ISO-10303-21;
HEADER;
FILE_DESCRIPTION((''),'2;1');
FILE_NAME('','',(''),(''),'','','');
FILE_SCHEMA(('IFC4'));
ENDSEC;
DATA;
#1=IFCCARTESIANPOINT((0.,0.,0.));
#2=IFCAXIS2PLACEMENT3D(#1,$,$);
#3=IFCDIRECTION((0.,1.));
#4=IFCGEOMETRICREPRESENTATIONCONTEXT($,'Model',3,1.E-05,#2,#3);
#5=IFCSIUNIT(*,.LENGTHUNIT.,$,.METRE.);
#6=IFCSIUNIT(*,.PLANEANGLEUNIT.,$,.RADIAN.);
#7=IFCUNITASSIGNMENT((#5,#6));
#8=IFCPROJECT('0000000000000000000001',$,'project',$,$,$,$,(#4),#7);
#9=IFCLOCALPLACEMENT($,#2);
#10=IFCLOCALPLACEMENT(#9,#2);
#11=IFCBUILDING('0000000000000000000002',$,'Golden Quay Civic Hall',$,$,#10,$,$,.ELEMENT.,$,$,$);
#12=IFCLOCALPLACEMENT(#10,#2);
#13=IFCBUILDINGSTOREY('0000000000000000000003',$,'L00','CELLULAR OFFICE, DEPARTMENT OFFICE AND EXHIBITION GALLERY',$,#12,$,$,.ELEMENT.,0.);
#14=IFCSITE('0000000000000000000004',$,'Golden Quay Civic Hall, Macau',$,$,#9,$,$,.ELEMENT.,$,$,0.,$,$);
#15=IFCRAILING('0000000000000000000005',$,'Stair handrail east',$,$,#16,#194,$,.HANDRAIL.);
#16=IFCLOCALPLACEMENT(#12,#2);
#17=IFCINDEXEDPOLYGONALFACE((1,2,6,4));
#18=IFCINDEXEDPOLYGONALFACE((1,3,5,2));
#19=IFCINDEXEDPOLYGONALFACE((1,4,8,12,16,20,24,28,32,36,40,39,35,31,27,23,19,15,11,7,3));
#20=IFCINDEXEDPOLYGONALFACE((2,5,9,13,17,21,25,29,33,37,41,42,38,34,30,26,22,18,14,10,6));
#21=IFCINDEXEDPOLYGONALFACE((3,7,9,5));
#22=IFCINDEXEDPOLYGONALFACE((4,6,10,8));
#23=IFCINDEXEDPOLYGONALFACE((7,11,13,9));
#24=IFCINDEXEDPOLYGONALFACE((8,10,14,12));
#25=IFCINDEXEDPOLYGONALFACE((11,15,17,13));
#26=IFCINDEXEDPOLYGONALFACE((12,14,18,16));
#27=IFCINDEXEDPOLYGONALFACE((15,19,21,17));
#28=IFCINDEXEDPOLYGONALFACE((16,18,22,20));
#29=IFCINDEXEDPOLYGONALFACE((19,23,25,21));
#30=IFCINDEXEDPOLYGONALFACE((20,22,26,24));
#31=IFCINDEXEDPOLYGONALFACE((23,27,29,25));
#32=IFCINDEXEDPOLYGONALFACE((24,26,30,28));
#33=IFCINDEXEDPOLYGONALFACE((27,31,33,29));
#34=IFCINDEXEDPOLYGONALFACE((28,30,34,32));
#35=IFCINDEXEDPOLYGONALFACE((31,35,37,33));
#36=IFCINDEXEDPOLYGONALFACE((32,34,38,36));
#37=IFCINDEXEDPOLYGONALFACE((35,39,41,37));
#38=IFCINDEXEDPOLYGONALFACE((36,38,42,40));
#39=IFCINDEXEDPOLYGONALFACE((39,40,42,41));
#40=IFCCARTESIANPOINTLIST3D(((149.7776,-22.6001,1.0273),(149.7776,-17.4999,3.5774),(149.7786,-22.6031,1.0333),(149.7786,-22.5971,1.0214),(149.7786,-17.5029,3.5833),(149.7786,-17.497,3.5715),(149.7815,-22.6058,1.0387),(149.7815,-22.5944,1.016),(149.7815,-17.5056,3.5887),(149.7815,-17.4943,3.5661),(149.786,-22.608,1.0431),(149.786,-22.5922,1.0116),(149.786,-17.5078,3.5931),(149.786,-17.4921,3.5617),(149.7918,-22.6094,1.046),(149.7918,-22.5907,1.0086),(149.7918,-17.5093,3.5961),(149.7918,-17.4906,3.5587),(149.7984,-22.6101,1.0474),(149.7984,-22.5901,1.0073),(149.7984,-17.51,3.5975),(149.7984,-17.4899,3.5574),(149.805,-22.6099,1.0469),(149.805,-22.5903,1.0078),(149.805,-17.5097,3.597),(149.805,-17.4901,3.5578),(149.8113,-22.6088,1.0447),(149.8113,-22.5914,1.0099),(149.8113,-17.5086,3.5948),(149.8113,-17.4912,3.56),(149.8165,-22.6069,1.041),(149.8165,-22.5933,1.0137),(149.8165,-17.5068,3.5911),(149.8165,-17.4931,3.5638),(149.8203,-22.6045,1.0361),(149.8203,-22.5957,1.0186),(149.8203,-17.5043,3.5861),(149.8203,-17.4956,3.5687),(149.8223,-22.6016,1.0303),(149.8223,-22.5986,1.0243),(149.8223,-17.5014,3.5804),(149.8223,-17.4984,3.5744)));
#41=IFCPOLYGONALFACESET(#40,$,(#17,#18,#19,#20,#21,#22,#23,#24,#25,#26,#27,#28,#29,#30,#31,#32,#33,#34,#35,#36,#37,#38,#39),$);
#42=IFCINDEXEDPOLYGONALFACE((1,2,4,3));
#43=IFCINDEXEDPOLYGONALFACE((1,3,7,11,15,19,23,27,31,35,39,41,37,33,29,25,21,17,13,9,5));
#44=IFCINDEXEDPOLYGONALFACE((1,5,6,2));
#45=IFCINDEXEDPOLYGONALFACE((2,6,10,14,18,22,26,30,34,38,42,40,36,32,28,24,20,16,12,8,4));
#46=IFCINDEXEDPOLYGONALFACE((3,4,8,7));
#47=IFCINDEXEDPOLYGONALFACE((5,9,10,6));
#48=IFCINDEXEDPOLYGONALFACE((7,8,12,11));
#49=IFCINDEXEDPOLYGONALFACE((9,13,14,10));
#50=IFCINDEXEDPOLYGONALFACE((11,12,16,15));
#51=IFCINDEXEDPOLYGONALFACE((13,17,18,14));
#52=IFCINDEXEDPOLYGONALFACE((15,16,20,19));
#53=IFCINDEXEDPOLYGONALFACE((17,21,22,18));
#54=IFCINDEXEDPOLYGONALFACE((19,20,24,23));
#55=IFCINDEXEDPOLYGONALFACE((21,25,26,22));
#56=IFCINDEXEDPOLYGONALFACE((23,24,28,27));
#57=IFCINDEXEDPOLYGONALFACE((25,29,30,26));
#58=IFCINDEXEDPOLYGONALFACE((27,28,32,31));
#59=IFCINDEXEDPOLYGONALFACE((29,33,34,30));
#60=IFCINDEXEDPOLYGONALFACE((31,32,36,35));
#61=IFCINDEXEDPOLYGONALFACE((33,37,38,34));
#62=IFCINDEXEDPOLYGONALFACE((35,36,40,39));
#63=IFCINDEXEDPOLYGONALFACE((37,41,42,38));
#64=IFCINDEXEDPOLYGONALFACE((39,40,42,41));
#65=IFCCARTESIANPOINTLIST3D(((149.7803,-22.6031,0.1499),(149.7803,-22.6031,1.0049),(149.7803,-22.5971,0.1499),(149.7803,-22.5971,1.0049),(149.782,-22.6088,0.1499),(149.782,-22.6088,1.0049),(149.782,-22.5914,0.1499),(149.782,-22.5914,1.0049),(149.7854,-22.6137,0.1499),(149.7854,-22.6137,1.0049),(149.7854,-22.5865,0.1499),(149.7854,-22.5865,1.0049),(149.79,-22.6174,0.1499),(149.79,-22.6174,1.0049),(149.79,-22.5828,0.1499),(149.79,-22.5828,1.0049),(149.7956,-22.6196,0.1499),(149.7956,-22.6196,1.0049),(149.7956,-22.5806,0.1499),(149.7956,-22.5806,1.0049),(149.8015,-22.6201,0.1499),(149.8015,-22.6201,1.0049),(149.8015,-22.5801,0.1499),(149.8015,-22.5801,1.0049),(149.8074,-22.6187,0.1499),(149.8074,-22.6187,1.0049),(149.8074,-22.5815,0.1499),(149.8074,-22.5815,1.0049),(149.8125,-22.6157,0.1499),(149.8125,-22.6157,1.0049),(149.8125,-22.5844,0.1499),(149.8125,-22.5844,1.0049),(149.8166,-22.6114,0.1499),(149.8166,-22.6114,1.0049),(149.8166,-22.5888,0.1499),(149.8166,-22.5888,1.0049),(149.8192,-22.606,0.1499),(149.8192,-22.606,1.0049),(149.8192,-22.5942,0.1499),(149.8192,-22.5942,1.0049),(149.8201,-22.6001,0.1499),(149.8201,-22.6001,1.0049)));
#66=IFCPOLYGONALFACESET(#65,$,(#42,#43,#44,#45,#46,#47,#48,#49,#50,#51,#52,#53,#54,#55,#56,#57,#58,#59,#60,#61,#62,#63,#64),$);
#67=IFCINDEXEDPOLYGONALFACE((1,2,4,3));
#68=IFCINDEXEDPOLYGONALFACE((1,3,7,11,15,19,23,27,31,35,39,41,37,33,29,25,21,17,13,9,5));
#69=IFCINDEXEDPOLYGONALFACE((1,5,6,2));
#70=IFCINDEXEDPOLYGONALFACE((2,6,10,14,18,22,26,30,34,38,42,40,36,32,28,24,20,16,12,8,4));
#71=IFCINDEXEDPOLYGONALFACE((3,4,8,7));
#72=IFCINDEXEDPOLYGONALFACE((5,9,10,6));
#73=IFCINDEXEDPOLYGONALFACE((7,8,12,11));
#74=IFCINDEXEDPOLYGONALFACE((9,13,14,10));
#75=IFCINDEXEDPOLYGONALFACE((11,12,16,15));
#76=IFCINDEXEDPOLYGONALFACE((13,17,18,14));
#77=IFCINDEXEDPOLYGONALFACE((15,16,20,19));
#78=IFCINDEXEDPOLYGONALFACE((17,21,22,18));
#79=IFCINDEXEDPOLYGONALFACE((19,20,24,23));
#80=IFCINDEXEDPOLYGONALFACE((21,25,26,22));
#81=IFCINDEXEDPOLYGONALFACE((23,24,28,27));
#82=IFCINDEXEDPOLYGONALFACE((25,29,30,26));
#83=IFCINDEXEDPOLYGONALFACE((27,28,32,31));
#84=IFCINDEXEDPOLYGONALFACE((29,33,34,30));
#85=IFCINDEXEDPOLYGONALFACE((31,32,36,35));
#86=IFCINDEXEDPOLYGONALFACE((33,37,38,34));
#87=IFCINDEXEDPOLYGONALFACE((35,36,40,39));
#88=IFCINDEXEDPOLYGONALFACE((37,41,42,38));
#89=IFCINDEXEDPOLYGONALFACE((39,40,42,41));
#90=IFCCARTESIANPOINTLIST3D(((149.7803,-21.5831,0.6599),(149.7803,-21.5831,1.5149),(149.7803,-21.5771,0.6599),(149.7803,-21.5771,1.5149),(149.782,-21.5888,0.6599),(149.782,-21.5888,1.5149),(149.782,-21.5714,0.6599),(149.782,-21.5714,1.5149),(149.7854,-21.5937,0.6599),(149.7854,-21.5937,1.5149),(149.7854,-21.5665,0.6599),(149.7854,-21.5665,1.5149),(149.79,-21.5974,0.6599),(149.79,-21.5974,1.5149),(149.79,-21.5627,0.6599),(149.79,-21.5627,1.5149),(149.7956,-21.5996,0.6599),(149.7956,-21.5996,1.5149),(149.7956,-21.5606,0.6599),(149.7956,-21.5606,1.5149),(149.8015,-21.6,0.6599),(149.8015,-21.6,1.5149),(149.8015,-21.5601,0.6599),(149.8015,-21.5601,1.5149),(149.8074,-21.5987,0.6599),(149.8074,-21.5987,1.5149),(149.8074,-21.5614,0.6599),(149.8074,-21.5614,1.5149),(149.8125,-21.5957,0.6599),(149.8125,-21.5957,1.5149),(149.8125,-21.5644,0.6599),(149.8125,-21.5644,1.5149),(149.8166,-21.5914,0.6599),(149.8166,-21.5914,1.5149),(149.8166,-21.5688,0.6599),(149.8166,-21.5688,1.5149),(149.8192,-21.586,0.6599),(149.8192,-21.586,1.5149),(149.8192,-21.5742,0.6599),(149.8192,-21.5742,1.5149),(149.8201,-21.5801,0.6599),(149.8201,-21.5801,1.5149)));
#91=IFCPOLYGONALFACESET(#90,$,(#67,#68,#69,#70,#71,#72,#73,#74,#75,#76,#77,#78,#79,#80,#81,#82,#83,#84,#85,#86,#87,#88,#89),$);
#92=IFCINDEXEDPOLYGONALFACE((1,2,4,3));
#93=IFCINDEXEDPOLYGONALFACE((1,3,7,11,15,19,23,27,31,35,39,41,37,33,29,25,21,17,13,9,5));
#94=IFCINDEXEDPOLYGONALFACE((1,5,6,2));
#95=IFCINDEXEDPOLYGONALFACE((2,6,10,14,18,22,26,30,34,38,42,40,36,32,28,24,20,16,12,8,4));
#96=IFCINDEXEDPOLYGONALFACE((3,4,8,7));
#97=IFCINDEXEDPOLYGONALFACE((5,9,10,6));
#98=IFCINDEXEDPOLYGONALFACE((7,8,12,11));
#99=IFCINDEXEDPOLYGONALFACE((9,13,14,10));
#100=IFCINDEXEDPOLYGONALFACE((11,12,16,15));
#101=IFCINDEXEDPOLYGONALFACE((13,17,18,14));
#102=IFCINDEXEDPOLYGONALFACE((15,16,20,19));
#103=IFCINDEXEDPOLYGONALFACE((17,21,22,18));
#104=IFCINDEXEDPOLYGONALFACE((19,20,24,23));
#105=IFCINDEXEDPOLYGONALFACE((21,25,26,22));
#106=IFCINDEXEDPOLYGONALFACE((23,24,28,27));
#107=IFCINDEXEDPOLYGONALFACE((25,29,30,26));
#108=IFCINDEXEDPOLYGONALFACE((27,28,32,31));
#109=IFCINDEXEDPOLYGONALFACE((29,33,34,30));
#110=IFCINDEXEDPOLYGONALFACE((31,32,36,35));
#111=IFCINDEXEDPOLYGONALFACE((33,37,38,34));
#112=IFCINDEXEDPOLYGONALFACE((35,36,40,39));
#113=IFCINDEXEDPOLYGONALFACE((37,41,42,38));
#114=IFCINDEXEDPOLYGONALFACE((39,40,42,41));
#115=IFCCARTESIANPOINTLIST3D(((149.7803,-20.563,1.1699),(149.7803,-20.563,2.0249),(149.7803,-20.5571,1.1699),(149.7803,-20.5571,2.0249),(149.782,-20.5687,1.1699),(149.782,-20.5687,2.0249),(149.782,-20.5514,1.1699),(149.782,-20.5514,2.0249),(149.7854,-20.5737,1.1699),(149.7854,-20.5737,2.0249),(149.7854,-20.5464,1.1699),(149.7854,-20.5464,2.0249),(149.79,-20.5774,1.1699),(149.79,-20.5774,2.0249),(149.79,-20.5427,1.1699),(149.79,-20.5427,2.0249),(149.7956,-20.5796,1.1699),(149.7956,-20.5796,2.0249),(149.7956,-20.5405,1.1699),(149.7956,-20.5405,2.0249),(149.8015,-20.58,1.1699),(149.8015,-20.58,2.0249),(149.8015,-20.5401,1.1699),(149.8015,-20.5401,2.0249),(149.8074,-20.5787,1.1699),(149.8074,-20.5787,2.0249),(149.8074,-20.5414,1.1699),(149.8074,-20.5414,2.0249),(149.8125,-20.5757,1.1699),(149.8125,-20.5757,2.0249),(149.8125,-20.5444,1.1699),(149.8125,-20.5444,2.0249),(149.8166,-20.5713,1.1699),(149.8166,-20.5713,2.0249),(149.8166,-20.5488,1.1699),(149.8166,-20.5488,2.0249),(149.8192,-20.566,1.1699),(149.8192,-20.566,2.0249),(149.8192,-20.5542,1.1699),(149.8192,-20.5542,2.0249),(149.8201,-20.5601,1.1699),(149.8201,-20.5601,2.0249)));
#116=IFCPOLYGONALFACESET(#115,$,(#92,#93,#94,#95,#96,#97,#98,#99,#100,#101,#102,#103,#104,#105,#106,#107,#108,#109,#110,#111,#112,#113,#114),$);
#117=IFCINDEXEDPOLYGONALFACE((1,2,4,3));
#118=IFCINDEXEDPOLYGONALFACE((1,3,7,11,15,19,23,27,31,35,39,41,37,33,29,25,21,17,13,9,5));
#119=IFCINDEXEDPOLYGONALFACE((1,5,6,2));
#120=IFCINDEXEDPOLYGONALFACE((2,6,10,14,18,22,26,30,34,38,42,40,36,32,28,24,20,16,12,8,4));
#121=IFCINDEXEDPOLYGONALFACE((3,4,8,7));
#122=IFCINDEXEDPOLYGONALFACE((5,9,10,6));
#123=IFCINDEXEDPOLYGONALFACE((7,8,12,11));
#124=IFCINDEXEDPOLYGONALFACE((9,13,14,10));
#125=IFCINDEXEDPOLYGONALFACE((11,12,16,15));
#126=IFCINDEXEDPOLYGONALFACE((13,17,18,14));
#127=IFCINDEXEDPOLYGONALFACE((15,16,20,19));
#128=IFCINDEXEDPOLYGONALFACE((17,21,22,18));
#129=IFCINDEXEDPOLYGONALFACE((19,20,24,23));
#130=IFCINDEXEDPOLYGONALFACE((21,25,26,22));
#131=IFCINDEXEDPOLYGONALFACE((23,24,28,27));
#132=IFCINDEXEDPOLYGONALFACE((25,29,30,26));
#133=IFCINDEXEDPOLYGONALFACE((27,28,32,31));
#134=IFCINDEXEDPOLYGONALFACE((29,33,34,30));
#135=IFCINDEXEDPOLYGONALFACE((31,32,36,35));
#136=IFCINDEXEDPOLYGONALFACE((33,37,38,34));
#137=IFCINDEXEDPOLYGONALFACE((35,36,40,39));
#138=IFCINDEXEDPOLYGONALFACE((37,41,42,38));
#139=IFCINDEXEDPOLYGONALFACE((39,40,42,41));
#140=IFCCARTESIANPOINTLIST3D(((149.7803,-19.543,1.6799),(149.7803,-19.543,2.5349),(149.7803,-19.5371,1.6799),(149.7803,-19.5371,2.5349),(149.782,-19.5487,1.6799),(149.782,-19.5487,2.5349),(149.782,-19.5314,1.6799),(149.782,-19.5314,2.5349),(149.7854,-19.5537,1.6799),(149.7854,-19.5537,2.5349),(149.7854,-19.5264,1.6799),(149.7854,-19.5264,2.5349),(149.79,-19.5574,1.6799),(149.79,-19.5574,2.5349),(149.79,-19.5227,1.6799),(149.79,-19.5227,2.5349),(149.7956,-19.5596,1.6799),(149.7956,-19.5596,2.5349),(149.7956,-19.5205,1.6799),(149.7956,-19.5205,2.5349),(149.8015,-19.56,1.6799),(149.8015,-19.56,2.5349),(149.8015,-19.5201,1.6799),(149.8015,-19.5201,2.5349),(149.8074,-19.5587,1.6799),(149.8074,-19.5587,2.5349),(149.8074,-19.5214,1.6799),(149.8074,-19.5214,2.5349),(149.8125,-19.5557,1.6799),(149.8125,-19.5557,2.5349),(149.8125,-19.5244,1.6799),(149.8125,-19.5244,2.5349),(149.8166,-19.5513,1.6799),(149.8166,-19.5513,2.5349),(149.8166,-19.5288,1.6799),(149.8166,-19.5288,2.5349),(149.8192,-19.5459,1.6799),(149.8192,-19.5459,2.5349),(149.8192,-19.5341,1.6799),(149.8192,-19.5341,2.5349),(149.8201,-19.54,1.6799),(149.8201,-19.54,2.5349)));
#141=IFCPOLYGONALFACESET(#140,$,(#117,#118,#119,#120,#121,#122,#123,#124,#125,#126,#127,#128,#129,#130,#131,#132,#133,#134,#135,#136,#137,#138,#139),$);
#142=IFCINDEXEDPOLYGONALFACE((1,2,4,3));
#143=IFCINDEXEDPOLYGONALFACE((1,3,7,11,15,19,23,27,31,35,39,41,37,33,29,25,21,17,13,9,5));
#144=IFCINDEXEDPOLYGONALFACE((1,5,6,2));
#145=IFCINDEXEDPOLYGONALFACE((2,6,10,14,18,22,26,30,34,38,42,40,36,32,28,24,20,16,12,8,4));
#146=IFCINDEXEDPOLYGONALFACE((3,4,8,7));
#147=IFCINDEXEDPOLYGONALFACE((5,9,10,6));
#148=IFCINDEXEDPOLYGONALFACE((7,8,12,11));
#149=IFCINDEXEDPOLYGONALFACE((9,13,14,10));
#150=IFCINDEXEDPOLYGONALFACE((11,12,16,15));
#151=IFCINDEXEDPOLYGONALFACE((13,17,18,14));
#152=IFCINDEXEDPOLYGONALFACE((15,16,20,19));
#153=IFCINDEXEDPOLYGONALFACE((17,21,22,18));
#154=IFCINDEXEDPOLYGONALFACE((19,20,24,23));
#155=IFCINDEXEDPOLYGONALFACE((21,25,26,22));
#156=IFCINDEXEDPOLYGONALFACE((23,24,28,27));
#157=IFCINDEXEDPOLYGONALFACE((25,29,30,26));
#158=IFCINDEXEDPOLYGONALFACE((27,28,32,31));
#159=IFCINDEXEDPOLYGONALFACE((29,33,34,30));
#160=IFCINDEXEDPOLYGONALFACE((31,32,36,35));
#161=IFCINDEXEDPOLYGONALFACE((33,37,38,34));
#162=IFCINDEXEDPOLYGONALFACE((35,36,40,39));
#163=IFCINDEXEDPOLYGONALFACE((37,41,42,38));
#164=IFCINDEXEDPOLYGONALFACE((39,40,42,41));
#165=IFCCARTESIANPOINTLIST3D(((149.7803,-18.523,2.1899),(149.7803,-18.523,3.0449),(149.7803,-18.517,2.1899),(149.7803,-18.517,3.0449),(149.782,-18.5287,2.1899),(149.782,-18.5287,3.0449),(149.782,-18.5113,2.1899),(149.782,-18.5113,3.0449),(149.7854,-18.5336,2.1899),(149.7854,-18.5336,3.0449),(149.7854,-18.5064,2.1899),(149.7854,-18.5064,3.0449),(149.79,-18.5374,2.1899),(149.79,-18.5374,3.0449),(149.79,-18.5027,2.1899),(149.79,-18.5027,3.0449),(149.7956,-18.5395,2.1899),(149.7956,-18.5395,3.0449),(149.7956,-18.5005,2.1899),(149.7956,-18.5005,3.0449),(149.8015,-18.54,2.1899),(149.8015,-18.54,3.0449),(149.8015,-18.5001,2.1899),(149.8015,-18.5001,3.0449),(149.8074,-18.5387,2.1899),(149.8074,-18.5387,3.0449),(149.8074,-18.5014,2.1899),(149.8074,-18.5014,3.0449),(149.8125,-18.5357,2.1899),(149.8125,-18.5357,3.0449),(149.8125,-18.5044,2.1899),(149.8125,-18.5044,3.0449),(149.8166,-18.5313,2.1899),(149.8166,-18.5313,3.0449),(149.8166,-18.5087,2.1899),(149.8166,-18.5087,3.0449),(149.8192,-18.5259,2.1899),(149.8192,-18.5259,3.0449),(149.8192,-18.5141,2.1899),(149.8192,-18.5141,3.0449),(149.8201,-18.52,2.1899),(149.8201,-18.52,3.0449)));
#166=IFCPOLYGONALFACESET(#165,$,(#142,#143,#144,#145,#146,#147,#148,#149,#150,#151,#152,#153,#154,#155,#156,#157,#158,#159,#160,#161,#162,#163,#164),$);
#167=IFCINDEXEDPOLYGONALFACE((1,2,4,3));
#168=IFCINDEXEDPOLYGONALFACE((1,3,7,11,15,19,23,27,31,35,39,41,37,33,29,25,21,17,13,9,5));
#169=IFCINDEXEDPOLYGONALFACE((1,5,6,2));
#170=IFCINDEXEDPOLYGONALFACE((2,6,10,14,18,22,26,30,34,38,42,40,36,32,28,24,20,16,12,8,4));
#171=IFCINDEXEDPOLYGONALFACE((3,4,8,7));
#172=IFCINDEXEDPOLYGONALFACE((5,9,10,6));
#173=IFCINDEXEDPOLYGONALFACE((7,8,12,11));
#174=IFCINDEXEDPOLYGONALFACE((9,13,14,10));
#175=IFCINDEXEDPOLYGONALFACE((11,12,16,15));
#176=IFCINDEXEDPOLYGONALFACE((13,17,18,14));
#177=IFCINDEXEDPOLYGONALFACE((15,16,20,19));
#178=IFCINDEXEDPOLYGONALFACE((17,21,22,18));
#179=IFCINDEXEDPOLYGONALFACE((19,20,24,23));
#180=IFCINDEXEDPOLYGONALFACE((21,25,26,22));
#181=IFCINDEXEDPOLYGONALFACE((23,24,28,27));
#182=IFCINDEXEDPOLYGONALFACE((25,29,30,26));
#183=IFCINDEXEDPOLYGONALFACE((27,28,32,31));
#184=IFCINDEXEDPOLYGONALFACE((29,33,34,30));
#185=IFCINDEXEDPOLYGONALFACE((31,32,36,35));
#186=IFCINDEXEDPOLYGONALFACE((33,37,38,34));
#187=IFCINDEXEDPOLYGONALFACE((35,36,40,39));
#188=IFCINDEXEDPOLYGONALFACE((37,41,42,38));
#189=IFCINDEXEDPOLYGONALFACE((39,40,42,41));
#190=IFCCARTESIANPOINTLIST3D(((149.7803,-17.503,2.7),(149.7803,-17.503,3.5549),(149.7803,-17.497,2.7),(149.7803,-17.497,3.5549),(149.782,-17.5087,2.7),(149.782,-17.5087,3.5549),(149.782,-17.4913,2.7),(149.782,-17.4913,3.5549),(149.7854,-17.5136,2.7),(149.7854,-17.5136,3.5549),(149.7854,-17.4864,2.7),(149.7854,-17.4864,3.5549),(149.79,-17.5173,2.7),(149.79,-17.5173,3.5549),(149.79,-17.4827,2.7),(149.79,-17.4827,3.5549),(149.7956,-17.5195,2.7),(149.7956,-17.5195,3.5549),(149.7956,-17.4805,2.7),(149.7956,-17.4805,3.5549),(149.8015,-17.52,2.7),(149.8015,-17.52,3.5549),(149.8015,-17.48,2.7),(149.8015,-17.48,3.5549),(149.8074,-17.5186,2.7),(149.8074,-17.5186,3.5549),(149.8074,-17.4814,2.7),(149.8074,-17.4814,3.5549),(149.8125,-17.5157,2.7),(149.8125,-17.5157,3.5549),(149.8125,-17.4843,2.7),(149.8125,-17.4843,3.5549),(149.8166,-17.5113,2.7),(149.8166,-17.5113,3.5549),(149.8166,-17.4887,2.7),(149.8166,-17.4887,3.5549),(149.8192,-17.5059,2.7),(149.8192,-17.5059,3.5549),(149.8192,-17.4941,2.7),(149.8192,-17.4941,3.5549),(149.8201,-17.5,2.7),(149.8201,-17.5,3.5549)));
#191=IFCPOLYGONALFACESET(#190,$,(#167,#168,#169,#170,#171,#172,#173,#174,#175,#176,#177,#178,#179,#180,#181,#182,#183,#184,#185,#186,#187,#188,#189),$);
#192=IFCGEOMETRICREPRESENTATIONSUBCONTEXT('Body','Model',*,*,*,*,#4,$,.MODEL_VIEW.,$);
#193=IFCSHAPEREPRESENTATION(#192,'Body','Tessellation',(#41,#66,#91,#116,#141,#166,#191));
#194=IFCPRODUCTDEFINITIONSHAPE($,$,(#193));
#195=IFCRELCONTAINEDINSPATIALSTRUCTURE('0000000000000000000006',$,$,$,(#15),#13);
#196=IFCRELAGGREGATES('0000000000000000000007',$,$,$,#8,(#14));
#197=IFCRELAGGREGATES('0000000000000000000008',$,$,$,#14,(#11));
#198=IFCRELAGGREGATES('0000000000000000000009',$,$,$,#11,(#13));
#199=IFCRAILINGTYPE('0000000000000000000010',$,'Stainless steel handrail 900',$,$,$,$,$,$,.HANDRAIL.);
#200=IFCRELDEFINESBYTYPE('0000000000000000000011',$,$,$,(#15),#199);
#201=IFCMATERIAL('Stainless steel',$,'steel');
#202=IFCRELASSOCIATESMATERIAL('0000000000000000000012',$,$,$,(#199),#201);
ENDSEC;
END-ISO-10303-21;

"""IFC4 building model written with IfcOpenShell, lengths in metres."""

from ifc_helpers import new_model, si_unit, direction, frame, origin, origin_2d, place, context, subcontext, project, spatial, circle, extrude, material, type_object, element, save


model = new_model("IFC4")

# Units and contexts
model_context = context("Model", 3, precision=1e-05, world=origin(), true_north=direction((0.0, 1.0)))
body_context = subcontext(model_context, "Body", "Model", "MODEL_VIEW")
ifc_project = project(units=[si_unit("LENGTHUNIT", "METRE"), si_unit("PLANEANGLEUNIT", "RADIAN")], contexts=[model_context])

# Site, building, storey
site_placement = place(None, origin())
site = spatial("IfcSite", under=ifc_project, at=site_placement, Name="Golden Quay Civic Hall, Macau", CompositionType="ELEMENT", RefElevation=0.0)
building_placement = place(site_placement, origin())
building = spatial("IfcBuilding", under=site, at=building_placement, Name="Golden Quay Civic Hall", CompositionType="ELEMENT")
storey_placement = place(building_placement, origin())
storey = spatial("IfcBuildingStorey", under=building, at=storey_placement, Name="L00", Description="CELLULAR OFFICE, DEPARTMENT OFFICE AND EXHIBITION GALLERY", CompositionType="ELEMENT", Elevation=0.0)

# Railing
ifc_material_1 = material(Name="Stainless steel", Category="steel")
railing_type_1 = type_object("IfcRailingType", Name="Stainless steel handrail 900", PredefinedType="HANDRAIL", material=ifc_material_1)
railing_1_placement = place(storey_placement, frame((149.8, -22.6001, 0.1499)))
element("IfcRailing", 1, at=railing_1_placement, inside=storey, type_object=railing_type_1, Name="Stair handrail east", PredefinedType="HANDRAIL", context=body_context, shape_type="SweptSolid", body=[
    extrude(circle(Radius=0.0225, at=origin_2d()), frame((0.0, 0.0, 0.8774), z_axis=(0.0, 0.894427, 0.447214), x_axis=(-1.0, 0.0, 0.0)), (0.0, 0.0, 1.0), 5.7021),
    extrude(circle(Radius=0.02, at=origin_2d()), origin(), (0.0, 0.0, 1.0), 0.855),
    extrude(circle(Radius=0.02, at=origin_2d()), frame((0.0, 1.02, 0.51)), (0.0, 0.0, 1.0), 0.855),
    extrude(circle(Radius=0.02, at=origin_2d()), frame((0.0, 2.04, 1.02)), (0.0, 0.0, 1.0), 0.855),
    extrude(circle(Radius=0.02, at=origin_2d()), frame((0.0, 3.0601, 1.53)), (0.0, 0.0, 1.0), 0.855),
    extrude(circle(Radius=0.02, at=origin_2d()), frame((0.0, 4.0801, 2.04)), (0.0, 0.0, 1.0), 0.855),
    extrude(circle(Radius=0.02, at=origin_2d()), frame((0.0, 5.1001, 2.55)), (0.0, 0.0, 1.0), 0.855),
])

save(model, "model.ifc")
